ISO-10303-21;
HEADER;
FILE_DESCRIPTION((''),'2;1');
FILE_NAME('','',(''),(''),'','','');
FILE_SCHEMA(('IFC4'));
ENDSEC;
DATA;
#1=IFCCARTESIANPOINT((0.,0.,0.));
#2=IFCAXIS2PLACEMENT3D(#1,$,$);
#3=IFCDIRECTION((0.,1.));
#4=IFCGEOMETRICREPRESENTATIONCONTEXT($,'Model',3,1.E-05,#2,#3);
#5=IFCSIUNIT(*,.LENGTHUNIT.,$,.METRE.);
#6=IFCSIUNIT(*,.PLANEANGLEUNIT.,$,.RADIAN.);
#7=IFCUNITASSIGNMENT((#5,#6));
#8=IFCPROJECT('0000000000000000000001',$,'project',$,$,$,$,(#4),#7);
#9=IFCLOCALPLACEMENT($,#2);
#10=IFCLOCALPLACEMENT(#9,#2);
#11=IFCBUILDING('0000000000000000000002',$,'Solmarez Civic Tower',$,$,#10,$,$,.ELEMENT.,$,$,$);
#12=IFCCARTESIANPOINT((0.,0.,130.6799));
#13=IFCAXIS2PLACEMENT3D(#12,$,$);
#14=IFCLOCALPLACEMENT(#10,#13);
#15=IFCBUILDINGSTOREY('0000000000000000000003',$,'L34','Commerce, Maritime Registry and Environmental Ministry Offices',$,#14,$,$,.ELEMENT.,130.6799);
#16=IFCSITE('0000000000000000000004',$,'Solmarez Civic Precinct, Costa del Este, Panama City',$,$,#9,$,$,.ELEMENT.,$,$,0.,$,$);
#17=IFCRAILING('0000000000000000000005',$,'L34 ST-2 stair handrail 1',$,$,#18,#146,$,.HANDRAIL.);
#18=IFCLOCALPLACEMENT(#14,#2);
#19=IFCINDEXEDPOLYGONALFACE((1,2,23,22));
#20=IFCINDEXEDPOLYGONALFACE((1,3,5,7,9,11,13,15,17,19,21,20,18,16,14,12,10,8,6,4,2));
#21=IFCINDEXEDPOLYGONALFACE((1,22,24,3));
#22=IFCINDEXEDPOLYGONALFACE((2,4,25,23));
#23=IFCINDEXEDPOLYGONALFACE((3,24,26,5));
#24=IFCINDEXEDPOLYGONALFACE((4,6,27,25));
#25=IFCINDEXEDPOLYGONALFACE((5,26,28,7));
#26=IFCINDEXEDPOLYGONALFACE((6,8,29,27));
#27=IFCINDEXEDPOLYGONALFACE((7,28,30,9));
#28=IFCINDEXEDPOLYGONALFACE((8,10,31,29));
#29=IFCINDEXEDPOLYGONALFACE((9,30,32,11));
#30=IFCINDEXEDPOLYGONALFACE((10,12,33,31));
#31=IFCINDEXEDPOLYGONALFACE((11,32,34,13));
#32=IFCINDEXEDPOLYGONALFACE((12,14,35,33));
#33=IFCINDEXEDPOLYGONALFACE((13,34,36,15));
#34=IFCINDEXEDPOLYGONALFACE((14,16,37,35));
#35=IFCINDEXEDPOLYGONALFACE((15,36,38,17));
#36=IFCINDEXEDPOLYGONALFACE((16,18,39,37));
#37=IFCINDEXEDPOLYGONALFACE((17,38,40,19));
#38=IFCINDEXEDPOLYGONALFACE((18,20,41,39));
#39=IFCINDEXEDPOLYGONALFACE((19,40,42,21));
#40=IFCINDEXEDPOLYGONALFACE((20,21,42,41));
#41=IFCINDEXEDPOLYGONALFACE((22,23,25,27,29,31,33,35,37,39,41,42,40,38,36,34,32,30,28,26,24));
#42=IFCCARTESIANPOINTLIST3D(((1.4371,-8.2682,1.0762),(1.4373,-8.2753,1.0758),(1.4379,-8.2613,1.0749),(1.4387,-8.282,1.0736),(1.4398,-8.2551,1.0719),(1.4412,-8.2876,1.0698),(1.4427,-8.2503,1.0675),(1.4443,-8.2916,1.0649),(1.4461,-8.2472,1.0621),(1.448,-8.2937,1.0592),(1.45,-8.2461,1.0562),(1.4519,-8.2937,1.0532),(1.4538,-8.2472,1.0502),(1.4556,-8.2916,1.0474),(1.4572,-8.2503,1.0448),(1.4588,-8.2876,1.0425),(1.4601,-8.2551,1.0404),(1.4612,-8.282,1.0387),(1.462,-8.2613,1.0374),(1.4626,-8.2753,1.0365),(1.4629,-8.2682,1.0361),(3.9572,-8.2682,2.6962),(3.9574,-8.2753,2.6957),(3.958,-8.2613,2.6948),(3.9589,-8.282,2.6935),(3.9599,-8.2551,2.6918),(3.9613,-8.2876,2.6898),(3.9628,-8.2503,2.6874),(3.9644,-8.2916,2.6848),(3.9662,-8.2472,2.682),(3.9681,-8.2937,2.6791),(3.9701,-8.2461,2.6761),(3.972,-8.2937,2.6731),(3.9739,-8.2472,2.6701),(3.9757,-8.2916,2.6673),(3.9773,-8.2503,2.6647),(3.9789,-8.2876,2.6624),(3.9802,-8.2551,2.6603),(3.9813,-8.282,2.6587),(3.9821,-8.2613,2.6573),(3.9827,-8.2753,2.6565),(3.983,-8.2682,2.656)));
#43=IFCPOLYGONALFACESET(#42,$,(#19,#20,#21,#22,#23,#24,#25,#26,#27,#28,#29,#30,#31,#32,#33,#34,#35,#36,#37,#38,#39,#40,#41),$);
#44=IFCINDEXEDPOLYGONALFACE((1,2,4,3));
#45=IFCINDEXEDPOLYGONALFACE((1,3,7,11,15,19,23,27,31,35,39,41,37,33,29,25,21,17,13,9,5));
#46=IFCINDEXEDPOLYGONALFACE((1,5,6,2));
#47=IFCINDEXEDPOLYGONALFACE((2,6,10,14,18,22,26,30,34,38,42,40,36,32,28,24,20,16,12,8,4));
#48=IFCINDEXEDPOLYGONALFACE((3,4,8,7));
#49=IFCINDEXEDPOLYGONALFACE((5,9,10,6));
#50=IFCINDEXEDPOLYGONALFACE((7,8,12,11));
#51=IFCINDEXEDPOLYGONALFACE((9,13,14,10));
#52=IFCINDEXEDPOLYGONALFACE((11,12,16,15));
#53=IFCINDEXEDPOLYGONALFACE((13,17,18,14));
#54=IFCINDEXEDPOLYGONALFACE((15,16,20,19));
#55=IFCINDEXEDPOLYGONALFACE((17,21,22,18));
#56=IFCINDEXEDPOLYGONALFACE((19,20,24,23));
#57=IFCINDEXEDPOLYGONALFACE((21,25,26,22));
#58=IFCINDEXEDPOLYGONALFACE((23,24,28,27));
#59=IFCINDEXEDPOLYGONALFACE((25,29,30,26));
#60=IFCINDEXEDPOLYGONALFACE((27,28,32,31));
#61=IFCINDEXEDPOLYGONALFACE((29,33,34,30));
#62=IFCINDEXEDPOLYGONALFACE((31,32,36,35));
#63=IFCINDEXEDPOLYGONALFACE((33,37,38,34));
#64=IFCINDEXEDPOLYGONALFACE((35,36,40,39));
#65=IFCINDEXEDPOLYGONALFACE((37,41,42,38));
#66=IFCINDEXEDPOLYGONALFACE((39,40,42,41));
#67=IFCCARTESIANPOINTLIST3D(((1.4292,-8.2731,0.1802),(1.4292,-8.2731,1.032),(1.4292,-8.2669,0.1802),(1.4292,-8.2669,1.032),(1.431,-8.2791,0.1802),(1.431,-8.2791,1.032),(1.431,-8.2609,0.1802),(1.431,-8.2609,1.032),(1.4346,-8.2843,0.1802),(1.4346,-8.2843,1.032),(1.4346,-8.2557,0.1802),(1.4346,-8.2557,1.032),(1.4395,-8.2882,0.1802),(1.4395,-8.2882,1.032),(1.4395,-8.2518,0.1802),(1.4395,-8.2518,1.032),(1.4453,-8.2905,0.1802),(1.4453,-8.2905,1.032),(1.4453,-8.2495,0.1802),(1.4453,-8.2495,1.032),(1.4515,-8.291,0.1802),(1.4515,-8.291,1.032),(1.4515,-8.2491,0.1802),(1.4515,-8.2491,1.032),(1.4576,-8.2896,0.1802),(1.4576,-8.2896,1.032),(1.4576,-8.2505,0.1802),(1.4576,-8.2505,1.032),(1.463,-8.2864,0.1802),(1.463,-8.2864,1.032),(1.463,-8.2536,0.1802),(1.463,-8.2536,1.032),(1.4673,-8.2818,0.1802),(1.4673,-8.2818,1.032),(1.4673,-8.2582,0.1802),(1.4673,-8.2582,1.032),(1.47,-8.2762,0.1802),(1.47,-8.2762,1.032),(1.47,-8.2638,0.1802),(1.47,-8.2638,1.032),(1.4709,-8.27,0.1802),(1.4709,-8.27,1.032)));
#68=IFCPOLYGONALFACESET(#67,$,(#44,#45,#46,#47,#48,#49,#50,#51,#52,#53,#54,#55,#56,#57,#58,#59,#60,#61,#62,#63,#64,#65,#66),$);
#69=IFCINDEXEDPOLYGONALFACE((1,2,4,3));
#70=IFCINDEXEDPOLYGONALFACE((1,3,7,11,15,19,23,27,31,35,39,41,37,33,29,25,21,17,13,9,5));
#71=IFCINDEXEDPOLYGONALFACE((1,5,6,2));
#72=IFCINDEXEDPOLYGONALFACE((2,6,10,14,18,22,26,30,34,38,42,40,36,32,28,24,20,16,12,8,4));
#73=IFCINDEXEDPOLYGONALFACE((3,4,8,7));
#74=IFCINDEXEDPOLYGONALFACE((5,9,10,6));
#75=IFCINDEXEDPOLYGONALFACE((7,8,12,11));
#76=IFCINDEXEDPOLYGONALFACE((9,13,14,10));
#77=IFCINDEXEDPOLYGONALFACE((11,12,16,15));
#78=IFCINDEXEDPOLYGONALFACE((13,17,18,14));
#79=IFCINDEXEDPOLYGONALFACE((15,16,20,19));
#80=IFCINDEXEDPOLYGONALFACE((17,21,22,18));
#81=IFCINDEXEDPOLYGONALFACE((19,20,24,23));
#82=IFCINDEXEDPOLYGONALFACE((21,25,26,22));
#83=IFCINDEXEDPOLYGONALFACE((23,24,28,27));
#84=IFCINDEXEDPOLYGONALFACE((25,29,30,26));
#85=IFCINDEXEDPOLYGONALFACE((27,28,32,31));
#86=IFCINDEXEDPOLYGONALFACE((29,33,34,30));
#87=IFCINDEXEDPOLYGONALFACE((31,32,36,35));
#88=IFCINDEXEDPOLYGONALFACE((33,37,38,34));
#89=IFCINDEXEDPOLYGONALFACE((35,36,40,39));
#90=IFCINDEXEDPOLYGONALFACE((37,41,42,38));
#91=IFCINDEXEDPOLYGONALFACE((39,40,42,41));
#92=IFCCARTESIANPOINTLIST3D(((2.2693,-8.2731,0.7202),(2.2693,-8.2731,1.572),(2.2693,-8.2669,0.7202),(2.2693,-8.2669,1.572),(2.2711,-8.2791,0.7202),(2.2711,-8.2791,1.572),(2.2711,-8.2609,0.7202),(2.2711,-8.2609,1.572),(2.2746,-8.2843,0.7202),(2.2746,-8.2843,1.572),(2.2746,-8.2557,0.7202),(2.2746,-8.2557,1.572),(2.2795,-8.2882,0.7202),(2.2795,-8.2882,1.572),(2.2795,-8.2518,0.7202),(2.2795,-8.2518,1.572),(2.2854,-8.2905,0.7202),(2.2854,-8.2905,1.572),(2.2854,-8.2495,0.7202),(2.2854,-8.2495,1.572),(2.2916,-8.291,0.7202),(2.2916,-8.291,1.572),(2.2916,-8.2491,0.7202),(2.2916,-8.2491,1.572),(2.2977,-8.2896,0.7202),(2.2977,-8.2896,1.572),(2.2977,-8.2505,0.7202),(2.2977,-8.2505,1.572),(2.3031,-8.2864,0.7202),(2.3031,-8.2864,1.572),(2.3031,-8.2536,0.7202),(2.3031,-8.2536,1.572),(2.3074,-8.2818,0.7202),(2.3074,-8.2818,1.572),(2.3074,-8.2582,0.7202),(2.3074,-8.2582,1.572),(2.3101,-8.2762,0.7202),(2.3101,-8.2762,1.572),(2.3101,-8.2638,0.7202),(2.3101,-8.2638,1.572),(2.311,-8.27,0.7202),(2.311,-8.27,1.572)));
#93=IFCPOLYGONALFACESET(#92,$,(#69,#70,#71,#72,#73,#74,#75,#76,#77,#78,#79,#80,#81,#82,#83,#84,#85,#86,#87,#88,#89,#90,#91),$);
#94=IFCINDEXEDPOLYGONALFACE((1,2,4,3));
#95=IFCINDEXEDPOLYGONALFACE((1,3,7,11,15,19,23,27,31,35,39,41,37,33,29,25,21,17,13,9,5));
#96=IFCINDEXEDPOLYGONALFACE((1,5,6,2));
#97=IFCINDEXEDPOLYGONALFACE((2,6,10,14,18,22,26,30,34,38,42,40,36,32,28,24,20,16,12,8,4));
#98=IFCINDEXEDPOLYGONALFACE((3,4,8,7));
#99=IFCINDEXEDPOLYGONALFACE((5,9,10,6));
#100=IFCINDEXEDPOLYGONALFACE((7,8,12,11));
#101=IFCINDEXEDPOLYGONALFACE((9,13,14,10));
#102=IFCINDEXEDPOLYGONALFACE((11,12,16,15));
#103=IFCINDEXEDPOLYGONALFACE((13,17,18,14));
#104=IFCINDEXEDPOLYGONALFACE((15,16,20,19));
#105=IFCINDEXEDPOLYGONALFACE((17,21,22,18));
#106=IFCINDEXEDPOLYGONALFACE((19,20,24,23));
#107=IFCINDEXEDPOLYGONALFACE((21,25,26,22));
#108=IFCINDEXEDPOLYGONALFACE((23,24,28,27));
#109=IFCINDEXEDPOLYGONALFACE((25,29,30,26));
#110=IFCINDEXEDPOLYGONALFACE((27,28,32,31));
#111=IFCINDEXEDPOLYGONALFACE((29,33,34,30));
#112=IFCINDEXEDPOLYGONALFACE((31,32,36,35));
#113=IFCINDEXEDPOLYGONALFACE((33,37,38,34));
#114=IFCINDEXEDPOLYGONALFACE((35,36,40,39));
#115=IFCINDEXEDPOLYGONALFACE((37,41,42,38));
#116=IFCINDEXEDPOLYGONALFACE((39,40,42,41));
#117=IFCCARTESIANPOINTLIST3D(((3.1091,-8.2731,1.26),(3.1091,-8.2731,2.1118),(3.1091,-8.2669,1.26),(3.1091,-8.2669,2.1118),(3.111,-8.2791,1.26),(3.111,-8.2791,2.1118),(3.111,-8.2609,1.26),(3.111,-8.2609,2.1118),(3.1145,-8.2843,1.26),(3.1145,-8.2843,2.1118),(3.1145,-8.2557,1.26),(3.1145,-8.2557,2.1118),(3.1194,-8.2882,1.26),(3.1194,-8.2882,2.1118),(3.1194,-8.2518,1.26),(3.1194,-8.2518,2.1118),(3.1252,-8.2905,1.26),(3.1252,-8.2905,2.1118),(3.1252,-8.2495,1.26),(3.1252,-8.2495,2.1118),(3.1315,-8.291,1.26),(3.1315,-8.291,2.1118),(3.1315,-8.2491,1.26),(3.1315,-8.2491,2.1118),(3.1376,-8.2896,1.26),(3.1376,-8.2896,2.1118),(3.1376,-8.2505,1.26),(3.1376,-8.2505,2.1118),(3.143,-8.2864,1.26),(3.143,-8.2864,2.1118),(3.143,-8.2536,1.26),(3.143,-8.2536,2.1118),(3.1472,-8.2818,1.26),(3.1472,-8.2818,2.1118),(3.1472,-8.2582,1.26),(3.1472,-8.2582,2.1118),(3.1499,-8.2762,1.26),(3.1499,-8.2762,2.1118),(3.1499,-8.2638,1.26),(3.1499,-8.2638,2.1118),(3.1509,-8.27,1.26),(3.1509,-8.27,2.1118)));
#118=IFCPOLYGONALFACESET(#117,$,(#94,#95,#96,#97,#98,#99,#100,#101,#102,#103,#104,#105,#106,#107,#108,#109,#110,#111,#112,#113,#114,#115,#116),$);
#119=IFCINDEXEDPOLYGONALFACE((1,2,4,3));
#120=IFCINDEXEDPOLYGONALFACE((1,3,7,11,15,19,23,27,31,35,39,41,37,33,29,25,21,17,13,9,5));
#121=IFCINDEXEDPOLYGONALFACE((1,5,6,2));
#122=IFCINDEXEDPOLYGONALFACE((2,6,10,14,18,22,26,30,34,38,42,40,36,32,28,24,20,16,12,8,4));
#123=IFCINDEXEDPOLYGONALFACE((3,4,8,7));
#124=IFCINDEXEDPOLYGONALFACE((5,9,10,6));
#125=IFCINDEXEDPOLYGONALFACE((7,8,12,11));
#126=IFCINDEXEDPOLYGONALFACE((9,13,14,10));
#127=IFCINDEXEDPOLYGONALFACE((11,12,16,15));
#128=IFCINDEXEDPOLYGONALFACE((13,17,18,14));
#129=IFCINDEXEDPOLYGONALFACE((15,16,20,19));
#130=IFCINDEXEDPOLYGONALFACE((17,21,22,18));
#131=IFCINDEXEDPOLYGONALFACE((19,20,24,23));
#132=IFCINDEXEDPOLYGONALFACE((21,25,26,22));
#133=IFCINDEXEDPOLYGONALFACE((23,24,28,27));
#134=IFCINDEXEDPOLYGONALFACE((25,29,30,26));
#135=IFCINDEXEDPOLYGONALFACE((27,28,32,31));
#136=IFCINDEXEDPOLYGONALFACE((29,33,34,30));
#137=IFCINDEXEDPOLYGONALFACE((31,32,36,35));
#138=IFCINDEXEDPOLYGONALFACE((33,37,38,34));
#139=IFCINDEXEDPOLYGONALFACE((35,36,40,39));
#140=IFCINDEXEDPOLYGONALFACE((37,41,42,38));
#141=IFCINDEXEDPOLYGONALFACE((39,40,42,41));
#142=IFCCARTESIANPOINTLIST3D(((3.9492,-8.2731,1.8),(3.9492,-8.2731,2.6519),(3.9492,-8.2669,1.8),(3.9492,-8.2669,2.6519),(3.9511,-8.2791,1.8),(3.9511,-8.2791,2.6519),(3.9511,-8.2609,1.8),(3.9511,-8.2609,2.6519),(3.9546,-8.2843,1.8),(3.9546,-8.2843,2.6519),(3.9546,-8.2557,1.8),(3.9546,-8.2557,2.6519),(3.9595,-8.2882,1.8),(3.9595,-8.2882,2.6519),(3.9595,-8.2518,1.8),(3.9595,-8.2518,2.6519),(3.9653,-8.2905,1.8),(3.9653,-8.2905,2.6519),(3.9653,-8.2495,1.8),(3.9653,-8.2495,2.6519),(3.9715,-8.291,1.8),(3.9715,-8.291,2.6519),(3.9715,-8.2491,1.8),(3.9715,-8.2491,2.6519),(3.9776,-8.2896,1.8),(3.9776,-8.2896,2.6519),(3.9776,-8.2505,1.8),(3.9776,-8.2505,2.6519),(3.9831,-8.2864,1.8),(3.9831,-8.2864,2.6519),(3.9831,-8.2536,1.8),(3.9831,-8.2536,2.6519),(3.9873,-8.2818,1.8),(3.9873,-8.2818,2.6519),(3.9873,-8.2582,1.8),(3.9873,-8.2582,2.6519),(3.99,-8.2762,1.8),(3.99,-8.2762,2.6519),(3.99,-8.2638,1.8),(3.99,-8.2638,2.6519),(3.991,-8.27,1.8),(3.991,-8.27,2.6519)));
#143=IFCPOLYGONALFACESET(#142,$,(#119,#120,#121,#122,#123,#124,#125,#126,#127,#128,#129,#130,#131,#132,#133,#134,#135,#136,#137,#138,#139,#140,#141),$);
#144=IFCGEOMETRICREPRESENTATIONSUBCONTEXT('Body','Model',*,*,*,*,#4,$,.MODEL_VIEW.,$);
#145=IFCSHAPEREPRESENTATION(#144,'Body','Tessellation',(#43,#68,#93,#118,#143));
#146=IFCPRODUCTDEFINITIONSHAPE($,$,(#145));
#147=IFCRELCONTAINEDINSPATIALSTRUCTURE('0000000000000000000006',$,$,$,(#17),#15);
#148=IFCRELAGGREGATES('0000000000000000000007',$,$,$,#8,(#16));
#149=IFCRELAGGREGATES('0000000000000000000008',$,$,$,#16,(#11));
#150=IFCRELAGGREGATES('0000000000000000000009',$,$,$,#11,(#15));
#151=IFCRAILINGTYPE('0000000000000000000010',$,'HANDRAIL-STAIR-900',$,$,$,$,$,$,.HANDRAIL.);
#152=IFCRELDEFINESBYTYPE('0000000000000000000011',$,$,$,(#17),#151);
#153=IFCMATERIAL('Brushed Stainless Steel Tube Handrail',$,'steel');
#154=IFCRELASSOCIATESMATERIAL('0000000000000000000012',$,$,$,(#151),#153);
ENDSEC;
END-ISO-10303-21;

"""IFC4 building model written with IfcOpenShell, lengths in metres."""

from ifc_helpers import new_model, si_unit, direction, frame, origin, origin_2d, place, context, subcontext, project, spatial, circle, extrude, material, type_object, element, save


model = new_model("IFC4")

# Units and contexts
model_context = context("Model", 3, precision=1e-05, world=origin(), true_north=direction((0.0, 1.0)))
body_context = subcontext(model_context, "Body", "Model", "MODEL_VIEW")
ifc_project = project(units=[si_unit("LENGTHUNIT", "METRE"), si_unit("PLANEANGLEUNIT", "RADIAN")], contexts=[model_context])

# Site, building, storey
site_placement = place(None, origin())
site = spatial("IfcSite", under=ifc_project, at=site_placement, Name="Solmarez Civic Precinct, Costa del Este, Panama City", CompositionType="ELEMENT", RefElevation=0.0)
building_placement = place(site_placement, origin())
building = spatial("IfcBuilding", under=site, at=building_placement, Name="Solmarez Civic Tower", CompositionType="ELEMENT")
storey_placement = place(building_placement, frame((0.0, 0.0, 130.6799)))
storey = spatial("IfcBuildingStorey", under=building, at=storey_placement, Name="L34", Description="Commerce, Maritime Registry and Environmental Ministry Offices", CompositionType="ELEMENT", Elevation=130.6799)

# Railing
ifc_material_1 = material(Name="Brushed Stainless Steel Tube Handrail", Category="steel")
railing_type = type_object("IfcRailingType", Name="HANDRAIL-STAIR-900", PredefinedType="HANDRAIL", material=ifc_material_1)
railing_placement = place(storey_placement, frame((1.45, -8.27, 0.1802)))
element("IfcRailing", 1, at=railing_placement, inside=storey, type_object=railing_type, Name="L34 ST-2 stair handrail 1", PredefinedType="HANDRAIL", context=body_context, shape_type="SweptSolid", body=[
    extrude(circle(Radius=0.0239, at=origin_2d()), frame((0.0, 0.0, 0.876), z_axis=(0.8412, 0.0, 0.540725), x_axis=(0.0, 1.0, 0.0)), (0.0, 0.0, 1.0), 2.9958),
    extrude(circle(Radius=0.021, at=origin_2d()), origin(), (0.0, 0.0, 1.0), 0.8518),
    extrude(circle(Radius=0.021, at=origin_2d()), frame((0.8401, 0.0, 0.54)), (0.0, 0.0, 1.0), 0.8518),
    extrude(circle(Radius=0.021, at=origin_2d()), frame((1.6799, 0.0, 1.0798)), (0.0, 0.0, 1.0), 0.8518),
    extrude(circle(Radius=0.021, at=origin_2d()), frame((2.52, 0.0, 1.6199)), (0.0, 0.0, 1.0), 0.8518),
])

save(model, "model.ifc")
